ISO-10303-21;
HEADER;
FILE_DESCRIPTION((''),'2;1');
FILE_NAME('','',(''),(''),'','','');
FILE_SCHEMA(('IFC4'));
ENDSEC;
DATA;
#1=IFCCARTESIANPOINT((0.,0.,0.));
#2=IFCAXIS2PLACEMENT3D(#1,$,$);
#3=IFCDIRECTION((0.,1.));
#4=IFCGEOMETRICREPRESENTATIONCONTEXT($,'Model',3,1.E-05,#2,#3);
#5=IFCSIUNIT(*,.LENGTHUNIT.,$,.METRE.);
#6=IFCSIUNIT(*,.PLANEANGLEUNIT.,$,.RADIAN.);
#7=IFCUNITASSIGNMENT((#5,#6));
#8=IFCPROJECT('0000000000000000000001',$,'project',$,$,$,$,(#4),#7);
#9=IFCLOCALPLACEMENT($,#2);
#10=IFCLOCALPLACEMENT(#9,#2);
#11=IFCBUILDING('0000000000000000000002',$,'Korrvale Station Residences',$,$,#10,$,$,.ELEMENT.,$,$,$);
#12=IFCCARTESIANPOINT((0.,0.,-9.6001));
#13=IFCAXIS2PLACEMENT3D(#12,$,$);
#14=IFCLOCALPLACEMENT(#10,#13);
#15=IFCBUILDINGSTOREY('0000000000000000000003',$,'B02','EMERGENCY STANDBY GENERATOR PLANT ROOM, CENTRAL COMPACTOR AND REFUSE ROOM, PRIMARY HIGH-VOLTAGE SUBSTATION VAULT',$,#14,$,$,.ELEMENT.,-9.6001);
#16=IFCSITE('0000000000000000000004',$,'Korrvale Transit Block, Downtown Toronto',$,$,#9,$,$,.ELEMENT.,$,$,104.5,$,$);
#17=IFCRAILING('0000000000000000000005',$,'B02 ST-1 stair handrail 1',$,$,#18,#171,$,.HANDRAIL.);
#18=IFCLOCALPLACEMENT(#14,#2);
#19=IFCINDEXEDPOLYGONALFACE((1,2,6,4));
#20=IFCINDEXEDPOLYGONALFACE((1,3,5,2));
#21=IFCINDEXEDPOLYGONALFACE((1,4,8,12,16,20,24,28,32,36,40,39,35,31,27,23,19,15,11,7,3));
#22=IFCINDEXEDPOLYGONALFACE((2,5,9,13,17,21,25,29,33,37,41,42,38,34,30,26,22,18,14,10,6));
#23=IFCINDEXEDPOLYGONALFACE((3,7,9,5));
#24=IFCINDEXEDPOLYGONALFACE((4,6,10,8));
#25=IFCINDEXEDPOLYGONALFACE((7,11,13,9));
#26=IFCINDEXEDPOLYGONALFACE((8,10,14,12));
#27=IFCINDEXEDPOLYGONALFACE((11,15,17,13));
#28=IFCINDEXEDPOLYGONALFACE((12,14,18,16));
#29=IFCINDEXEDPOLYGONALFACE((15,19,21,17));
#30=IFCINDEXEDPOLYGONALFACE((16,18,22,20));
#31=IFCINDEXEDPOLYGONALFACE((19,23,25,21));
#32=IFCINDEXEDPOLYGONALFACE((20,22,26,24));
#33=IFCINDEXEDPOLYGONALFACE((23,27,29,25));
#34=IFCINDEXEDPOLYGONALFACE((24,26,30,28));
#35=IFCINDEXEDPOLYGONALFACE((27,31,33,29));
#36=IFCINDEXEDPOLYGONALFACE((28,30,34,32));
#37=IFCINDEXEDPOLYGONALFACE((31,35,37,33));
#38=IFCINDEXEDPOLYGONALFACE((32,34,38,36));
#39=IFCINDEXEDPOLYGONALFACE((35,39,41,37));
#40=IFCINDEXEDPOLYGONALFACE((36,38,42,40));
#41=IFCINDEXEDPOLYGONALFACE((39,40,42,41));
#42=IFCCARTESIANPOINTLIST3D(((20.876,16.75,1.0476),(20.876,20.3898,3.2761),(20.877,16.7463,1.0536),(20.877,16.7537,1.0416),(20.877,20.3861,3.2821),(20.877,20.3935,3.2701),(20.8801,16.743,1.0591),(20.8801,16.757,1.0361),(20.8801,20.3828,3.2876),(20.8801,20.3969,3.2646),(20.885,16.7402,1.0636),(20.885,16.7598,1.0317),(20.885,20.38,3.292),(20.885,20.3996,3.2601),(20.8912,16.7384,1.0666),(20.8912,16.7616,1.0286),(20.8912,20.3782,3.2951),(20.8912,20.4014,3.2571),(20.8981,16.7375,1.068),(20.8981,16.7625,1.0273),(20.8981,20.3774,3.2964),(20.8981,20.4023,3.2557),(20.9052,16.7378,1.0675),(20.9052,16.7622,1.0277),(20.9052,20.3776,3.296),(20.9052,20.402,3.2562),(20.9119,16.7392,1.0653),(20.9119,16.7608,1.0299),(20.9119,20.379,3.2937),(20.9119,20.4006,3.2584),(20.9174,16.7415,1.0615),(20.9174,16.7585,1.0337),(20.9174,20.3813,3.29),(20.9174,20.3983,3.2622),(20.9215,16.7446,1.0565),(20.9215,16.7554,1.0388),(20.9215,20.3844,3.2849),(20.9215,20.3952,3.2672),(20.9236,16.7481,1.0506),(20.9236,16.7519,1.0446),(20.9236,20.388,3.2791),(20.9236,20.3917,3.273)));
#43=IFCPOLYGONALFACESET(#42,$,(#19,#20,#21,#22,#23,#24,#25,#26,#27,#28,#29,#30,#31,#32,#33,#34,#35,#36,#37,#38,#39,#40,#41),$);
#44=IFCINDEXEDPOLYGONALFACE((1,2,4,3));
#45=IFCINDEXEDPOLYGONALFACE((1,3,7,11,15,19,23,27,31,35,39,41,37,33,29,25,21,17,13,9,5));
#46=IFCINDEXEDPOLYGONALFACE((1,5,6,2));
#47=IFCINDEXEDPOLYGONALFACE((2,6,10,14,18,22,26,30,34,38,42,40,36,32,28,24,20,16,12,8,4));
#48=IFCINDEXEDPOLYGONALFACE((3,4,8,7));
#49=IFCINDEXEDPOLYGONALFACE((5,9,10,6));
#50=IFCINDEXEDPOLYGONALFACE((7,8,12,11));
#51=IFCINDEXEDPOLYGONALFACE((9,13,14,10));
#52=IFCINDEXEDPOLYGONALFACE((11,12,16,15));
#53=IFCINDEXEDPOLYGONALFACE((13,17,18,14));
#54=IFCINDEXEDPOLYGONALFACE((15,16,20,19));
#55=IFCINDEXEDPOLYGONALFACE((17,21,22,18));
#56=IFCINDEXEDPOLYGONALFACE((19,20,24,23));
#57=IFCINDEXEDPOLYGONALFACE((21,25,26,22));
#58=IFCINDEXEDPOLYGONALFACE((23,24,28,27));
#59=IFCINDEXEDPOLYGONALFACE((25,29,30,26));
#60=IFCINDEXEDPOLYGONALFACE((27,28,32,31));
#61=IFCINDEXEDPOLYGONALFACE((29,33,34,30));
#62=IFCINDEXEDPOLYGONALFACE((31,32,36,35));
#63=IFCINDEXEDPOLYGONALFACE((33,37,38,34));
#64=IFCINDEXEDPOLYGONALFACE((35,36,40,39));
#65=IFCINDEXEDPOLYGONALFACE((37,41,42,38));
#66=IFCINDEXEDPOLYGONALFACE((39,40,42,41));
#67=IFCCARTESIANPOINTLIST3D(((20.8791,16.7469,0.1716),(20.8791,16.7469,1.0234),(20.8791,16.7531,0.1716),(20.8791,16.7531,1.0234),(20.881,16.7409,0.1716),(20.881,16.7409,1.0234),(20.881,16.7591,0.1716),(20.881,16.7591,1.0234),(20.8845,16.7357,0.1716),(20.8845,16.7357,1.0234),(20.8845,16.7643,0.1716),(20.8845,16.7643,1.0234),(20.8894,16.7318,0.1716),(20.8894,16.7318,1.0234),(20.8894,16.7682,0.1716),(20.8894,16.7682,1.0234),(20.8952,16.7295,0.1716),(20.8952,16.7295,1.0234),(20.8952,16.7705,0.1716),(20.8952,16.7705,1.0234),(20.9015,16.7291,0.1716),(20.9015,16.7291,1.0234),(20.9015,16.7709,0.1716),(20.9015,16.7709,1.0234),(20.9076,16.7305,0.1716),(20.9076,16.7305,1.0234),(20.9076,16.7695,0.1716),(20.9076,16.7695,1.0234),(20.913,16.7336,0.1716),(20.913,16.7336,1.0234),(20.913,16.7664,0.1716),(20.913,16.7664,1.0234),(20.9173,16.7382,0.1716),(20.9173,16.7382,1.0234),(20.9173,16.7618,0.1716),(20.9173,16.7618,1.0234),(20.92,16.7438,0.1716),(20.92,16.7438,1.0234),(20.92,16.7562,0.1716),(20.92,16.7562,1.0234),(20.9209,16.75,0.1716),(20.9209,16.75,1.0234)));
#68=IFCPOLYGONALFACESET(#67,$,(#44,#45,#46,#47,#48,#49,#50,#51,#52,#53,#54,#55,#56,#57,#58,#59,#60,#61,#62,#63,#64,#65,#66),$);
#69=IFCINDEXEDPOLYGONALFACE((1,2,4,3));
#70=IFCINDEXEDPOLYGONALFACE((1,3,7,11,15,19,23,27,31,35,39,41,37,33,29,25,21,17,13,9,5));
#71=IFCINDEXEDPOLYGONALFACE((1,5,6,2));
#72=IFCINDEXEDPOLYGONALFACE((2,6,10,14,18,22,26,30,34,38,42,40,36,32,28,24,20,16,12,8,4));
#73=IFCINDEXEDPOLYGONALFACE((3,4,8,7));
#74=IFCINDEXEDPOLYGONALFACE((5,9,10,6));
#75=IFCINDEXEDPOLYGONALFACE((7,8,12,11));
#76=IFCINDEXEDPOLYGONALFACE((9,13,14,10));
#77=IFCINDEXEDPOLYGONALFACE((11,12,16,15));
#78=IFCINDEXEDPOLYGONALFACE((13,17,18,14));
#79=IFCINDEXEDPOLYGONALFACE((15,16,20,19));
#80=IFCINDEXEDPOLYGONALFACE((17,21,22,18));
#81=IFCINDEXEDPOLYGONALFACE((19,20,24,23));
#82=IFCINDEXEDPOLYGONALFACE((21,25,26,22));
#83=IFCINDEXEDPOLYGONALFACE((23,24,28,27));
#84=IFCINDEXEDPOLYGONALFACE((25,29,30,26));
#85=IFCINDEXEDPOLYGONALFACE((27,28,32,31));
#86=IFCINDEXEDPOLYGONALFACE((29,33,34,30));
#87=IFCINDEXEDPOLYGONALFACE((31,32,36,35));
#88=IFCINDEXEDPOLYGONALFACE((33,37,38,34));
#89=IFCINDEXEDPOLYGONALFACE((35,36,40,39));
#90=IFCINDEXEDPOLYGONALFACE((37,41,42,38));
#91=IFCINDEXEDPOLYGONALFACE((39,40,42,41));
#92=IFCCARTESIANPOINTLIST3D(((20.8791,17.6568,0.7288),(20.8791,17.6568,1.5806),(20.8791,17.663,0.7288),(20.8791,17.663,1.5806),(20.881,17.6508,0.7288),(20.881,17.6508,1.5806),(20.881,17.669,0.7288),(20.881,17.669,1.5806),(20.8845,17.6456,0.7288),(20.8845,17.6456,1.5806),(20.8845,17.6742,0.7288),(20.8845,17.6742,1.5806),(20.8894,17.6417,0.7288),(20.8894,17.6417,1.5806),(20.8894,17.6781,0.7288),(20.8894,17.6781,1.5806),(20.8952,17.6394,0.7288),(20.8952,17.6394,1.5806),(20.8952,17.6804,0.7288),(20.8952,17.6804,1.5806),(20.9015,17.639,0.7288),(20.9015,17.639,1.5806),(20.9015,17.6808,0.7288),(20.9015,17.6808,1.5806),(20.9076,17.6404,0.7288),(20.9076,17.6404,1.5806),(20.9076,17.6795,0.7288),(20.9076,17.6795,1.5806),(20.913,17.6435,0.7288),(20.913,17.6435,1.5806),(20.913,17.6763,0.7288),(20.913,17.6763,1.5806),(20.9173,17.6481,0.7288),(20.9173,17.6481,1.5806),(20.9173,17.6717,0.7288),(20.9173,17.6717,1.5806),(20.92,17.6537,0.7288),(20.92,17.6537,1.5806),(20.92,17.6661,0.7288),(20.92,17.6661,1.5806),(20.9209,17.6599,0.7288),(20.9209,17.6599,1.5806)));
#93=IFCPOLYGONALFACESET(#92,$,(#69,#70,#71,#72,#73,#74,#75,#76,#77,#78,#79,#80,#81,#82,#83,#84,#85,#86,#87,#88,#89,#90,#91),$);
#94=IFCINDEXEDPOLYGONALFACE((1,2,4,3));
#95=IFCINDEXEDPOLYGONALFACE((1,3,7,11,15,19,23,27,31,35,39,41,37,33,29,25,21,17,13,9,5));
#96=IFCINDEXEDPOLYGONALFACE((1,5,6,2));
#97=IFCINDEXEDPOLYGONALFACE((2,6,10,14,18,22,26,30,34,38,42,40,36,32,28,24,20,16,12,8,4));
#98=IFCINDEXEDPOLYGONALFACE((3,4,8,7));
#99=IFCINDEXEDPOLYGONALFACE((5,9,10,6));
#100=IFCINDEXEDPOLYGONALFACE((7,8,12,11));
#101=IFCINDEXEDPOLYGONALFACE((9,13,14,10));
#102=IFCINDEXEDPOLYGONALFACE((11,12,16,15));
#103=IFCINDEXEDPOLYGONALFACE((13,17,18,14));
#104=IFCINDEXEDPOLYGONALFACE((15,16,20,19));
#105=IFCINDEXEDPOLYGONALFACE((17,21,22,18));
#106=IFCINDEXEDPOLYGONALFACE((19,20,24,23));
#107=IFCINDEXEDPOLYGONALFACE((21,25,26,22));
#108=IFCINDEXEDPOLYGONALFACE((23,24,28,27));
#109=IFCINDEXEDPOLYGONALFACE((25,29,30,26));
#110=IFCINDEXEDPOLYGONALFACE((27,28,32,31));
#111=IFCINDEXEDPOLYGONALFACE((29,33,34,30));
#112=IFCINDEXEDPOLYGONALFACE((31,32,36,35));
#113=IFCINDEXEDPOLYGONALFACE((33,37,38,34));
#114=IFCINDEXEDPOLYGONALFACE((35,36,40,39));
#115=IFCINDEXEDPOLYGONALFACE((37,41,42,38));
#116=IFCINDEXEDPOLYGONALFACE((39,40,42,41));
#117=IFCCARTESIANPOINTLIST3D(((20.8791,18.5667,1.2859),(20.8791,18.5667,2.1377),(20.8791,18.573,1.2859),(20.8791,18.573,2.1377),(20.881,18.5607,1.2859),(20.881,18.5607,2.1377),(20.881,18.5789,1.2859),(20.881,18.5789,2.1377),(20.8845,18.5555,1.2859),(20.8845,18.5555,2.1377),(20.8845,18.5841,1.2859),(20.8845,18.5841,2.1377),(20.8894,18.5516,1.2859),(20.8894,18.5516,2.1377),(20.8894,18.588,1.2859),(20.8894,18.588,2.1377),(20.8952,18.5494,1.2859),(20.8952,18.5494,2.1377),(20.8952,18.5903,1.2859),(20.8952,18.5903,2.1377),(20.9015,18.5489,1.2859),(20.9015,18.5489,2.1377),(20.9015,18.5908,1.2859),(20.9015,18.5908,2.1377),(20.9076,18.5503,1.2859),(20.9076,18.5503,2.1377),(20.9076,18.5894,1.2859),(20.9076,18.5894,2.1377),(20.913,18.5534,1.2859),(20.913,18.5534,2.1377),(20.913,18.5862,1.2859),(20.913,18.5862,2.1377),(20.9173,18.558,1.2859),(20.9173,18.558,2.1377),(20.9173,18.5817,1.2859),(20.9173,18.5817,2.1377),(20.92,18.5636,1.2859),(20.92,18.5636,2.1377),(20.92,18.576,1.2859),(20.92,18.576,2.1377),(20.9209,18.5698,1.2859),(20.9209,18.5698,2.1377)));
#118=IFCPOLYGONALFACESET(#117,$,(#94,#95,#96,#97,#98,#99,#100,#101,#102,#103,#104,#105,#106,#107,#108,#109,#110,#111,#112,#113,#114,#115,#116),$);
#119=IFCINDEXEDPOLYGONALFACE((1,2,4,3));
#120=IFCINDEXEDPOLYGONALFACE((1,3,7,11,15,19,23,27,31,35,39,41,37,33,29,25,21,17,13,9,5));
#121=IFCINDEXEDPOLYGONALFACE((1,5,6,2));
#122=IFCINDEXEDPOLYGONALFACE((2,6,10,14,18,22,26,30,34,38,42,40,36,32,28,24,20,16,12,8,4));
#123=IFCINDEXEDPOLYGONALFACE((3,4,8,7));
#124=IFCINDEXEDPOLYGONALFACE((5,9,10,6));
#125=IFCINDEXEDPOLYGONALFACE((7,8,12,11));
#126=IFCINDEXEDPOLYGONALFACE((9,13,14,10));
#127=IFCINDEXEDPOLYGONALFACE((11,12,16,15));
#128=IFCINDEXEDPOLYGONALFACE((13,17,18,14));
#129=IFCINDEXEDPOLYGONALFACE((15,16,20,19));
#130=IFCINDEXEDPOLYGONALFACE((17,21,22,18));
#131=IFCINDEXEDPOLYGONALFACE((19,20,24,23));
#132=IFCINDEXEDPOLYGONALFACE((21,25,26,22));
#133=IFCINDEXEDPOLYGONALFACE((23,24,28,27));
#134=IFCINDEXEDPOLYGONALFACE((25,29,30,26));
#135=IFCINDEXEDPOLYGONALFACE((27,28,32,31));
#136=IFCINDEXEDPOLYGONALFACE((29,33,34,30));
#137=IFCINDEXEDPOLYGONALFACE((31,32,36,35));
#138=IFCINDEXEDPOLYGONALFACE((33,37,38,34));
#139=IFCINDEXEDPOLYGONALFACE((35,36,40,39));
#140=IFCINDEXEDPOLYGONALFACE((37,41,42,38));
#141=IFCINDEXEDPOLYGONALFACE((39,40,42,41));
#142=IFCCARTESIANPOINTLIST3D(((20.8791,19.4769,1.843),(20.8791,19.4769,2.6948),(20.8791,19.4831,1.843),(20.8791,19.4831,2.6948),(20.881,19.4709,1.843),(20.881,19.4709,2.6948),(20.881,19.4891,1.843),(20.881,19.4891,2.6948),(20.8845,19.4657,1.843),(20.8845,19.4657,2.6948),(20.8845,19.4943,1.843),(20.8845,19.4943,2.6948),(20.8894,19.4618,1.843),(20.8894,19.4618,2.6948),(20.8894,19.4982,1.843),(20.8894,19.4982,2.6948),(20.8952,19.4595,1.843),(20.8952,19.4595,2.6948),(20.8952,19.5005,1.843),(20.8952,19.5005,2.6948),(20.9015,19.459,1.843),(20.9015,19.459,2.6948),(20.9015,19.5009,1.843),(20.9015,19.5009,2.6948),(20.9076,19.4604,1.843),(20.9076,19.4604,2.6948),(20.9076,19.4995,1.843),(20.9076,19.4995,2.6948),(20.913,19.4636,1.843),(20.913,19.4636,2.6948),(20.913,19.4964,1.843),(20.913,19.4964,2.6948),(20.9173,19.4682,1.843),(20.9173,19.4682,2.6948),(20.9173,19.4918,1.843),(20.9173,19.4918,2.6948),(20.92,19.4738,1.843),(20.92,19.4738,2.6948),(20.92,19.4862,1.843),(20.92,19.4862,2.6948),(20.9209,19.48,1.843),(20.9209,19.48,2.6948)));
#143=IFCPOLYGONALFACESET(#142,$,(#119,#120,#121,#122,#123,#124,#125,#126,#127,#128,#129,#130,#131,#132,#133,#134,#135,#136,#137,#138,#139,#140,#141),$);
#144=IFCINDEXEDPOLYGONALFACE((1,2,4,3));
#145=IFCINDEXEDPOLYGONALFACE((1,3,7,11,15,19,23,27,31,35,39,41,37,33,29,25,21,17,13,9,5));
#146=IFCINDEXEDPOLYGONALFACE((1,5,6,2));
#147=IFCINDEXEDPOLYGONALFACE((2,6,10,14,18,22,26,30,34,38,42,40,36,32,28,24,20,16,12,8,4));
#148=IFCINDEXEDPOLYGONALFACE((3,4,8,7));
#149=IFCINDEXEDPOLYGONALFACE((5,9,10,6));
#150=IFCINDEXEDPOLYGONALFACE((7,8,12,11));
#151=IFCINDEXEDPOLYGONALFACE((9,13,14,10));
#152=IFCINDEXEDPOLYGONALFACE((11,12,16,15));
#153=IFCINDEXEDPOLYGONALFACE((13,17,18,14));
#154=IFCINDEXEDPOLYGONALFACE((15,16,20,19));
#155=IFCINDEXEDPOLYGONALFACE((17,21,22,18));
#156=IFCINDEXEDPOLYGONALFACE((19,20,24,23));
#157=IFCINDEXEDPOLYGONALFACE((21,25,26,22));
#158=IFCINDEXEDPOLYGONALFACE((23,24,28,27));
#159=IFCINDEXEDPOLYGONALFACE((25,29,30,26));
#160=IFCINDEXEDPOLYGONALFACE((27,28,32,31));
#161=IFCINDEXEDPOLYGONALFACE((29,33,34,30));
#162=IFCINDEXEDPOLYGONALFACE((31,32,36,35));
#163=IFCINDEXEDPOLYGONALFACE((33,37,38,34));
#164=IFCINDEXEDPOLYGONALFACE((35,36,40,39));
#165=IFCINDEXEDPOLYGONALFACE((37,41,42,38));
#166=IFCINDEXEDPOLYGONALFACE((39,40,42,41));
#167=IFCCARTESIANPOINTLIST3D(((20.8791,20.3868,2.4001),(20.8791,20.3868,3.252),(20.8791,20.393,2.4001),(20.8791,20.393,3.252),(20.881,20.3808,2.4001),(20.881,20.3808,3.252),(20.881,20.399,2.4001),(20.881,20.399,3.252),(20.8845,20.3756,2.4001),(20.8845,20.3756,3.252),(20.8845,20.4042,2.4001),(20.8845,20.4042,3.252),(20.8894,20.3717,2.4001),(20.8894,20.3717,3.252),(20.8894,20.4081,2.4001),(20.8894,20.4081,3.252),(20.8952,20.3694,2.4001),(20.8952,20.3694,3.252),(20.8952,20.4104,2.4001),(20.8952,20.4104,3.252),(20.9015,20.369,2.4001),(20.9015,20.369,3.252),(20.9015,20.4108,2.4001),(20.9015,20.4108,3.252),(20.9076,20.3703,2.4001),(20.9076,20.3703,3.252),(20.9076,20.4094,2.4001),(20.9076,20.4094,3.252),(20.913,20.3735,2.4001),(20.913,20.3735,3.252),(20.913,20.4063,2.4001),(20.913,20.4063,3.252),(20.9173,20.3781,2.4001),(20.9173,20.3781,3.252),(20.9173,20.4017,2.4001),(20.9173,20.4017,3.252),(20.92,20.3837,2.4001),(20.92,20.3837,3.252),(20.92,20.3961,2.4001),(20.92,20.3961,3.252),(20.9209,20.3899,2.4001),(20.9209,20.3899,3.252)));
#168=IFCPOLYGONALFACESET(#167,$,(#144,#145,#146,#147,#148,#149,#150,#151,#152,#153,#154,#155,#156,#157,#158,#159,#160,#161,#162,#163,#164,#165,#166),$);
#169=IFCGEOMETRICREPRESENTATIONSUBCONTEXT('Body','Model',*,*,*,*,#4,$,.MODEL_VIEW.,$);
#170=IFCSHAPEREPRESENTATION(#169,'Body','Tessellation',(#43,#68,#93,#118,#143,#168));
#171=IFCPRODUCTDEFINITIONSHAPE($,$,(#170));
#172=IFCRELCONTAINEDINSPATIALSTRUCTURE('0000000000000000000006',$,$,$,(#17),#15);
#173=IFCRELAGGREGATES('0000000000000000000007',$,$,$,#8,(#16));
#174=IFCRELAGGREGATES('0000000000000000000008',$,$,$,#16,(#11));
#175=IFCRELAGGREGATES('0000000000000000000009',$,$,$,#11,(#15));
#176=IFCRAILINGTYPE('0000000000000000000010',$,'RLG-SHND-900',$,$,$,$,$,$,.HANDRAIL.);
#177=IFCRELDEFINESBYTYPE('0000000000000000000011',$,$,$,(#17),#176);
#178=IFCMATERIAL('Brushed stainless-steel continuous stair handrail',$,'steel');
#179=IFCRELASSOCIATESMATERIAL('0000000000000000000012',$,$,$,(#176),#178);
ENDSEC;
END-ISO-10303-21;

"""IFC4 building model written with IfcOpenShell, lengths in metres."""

from ifc_helpers import new_model, si_unit, direction, frame, origin, origin_2d, place, context, subcontext, project, spatial, circle, extrude, material, type_object, element, save


model = new_model("IFC4")

# Units and contexts
model_context = context("Model", 3, precision=1e-05, world=origin(), true_north=direction((0.0, 1.0)))
body_context = subcontext(model_context, "Body", "Model", "MODEL_VIEW")
ifc_project = project(units=[si_unit("LENGTHUNIT", "METRE"), si_unit("PLANEANGLEUNIT", "RADIAN")], contexts=[model_context])

# Site, building, storey
site_placement = place(None, origin())
site = spatial("IfcSite", under=ifc_project, at=site_placement, Name="Korrvale Transit Block, Downtown Toronto", CompositionType="ELEMENT", RefElevation=104.5)
building_placement = place(site_placement, origin())
building = spatial("IfcBuilding", under=site, at=building_placement, Name="Korrvale Station Residences", CompositionType="ELEMENT")
storey_placement = place(building_placement, frame((0.0, 0.0, -9.6001)))
storey = spatial("IfcBuildingStorey", under=building, at=storey_placement, Name="B02", Description="EMERGENCY STANDBY GENERATOR PLANT ROOM, CENTRAL COMPACTOR AND REFUSE ROOM, PRIMARY HIGH-VOLTAGE SUBSTATION VAULT", CompositionType="ELEMENT", Elevation=-9.6001)

# Railing
ifc_material_1 = material(Name="Brushed stainless-steel continuous stair handrail", Category="steel")
railing_type_1 = type_object("IfcRailingType", Name="RLG-SHND-900", PredefinedType="HANDRAIL", material=ifc_material_1)
for number, where, name in (
    (1, (20.8999, 16.75, 0.1716), "B02 ST-1 stair handrail 1"),
):
    element("IfcRailing", number, at=place(storey_placement, frame(where)), inside=storey, type_object=railing_type_1, Name=name, PredefinedType="HANDRAIL", context=body_context, shape_type="SweptSolid", body=[
        extrude(circle(Radius=0.0239, at=origin_2d()), frame((0.0, 0.0, 0.876), z_axis=(0.0, 0.85285, 0.522156), x_axis=(-1.0, 0.0, 0.0)), (0.0, 0.0, 1.0), 4.2678),
        extrude(circle(Radius=0.021, at=origin_2d()), origin(), (0.0, 0.0, 1.0), 0.8518),
        extrude(circle(Radius=0.021, at=origin_2d()), frame((0.0, 0.9099, 0.5571)), (0.0, 0.0, 1.0), 0.8518),
        extrude(circle(Radius=0.021, at=origin_2d()), frame((0.0, 1.8198, 1.1143)), (0.0, 0.0, 1.0), 0.8518),
        extrude(circle(Radius=0.021, at=origin_2d()), frame((0.0, 2.73, 1.6714)), (0.0, 0.0, 1.0), 0.8518),
        extrude(circle(Radius=0.021, at=origin_2d()), frame((0.0, 3.6399, 2.2285)), (0.0, 0.0, 1.0), 0.8518),
    ])

save(model, "model.ifc")
